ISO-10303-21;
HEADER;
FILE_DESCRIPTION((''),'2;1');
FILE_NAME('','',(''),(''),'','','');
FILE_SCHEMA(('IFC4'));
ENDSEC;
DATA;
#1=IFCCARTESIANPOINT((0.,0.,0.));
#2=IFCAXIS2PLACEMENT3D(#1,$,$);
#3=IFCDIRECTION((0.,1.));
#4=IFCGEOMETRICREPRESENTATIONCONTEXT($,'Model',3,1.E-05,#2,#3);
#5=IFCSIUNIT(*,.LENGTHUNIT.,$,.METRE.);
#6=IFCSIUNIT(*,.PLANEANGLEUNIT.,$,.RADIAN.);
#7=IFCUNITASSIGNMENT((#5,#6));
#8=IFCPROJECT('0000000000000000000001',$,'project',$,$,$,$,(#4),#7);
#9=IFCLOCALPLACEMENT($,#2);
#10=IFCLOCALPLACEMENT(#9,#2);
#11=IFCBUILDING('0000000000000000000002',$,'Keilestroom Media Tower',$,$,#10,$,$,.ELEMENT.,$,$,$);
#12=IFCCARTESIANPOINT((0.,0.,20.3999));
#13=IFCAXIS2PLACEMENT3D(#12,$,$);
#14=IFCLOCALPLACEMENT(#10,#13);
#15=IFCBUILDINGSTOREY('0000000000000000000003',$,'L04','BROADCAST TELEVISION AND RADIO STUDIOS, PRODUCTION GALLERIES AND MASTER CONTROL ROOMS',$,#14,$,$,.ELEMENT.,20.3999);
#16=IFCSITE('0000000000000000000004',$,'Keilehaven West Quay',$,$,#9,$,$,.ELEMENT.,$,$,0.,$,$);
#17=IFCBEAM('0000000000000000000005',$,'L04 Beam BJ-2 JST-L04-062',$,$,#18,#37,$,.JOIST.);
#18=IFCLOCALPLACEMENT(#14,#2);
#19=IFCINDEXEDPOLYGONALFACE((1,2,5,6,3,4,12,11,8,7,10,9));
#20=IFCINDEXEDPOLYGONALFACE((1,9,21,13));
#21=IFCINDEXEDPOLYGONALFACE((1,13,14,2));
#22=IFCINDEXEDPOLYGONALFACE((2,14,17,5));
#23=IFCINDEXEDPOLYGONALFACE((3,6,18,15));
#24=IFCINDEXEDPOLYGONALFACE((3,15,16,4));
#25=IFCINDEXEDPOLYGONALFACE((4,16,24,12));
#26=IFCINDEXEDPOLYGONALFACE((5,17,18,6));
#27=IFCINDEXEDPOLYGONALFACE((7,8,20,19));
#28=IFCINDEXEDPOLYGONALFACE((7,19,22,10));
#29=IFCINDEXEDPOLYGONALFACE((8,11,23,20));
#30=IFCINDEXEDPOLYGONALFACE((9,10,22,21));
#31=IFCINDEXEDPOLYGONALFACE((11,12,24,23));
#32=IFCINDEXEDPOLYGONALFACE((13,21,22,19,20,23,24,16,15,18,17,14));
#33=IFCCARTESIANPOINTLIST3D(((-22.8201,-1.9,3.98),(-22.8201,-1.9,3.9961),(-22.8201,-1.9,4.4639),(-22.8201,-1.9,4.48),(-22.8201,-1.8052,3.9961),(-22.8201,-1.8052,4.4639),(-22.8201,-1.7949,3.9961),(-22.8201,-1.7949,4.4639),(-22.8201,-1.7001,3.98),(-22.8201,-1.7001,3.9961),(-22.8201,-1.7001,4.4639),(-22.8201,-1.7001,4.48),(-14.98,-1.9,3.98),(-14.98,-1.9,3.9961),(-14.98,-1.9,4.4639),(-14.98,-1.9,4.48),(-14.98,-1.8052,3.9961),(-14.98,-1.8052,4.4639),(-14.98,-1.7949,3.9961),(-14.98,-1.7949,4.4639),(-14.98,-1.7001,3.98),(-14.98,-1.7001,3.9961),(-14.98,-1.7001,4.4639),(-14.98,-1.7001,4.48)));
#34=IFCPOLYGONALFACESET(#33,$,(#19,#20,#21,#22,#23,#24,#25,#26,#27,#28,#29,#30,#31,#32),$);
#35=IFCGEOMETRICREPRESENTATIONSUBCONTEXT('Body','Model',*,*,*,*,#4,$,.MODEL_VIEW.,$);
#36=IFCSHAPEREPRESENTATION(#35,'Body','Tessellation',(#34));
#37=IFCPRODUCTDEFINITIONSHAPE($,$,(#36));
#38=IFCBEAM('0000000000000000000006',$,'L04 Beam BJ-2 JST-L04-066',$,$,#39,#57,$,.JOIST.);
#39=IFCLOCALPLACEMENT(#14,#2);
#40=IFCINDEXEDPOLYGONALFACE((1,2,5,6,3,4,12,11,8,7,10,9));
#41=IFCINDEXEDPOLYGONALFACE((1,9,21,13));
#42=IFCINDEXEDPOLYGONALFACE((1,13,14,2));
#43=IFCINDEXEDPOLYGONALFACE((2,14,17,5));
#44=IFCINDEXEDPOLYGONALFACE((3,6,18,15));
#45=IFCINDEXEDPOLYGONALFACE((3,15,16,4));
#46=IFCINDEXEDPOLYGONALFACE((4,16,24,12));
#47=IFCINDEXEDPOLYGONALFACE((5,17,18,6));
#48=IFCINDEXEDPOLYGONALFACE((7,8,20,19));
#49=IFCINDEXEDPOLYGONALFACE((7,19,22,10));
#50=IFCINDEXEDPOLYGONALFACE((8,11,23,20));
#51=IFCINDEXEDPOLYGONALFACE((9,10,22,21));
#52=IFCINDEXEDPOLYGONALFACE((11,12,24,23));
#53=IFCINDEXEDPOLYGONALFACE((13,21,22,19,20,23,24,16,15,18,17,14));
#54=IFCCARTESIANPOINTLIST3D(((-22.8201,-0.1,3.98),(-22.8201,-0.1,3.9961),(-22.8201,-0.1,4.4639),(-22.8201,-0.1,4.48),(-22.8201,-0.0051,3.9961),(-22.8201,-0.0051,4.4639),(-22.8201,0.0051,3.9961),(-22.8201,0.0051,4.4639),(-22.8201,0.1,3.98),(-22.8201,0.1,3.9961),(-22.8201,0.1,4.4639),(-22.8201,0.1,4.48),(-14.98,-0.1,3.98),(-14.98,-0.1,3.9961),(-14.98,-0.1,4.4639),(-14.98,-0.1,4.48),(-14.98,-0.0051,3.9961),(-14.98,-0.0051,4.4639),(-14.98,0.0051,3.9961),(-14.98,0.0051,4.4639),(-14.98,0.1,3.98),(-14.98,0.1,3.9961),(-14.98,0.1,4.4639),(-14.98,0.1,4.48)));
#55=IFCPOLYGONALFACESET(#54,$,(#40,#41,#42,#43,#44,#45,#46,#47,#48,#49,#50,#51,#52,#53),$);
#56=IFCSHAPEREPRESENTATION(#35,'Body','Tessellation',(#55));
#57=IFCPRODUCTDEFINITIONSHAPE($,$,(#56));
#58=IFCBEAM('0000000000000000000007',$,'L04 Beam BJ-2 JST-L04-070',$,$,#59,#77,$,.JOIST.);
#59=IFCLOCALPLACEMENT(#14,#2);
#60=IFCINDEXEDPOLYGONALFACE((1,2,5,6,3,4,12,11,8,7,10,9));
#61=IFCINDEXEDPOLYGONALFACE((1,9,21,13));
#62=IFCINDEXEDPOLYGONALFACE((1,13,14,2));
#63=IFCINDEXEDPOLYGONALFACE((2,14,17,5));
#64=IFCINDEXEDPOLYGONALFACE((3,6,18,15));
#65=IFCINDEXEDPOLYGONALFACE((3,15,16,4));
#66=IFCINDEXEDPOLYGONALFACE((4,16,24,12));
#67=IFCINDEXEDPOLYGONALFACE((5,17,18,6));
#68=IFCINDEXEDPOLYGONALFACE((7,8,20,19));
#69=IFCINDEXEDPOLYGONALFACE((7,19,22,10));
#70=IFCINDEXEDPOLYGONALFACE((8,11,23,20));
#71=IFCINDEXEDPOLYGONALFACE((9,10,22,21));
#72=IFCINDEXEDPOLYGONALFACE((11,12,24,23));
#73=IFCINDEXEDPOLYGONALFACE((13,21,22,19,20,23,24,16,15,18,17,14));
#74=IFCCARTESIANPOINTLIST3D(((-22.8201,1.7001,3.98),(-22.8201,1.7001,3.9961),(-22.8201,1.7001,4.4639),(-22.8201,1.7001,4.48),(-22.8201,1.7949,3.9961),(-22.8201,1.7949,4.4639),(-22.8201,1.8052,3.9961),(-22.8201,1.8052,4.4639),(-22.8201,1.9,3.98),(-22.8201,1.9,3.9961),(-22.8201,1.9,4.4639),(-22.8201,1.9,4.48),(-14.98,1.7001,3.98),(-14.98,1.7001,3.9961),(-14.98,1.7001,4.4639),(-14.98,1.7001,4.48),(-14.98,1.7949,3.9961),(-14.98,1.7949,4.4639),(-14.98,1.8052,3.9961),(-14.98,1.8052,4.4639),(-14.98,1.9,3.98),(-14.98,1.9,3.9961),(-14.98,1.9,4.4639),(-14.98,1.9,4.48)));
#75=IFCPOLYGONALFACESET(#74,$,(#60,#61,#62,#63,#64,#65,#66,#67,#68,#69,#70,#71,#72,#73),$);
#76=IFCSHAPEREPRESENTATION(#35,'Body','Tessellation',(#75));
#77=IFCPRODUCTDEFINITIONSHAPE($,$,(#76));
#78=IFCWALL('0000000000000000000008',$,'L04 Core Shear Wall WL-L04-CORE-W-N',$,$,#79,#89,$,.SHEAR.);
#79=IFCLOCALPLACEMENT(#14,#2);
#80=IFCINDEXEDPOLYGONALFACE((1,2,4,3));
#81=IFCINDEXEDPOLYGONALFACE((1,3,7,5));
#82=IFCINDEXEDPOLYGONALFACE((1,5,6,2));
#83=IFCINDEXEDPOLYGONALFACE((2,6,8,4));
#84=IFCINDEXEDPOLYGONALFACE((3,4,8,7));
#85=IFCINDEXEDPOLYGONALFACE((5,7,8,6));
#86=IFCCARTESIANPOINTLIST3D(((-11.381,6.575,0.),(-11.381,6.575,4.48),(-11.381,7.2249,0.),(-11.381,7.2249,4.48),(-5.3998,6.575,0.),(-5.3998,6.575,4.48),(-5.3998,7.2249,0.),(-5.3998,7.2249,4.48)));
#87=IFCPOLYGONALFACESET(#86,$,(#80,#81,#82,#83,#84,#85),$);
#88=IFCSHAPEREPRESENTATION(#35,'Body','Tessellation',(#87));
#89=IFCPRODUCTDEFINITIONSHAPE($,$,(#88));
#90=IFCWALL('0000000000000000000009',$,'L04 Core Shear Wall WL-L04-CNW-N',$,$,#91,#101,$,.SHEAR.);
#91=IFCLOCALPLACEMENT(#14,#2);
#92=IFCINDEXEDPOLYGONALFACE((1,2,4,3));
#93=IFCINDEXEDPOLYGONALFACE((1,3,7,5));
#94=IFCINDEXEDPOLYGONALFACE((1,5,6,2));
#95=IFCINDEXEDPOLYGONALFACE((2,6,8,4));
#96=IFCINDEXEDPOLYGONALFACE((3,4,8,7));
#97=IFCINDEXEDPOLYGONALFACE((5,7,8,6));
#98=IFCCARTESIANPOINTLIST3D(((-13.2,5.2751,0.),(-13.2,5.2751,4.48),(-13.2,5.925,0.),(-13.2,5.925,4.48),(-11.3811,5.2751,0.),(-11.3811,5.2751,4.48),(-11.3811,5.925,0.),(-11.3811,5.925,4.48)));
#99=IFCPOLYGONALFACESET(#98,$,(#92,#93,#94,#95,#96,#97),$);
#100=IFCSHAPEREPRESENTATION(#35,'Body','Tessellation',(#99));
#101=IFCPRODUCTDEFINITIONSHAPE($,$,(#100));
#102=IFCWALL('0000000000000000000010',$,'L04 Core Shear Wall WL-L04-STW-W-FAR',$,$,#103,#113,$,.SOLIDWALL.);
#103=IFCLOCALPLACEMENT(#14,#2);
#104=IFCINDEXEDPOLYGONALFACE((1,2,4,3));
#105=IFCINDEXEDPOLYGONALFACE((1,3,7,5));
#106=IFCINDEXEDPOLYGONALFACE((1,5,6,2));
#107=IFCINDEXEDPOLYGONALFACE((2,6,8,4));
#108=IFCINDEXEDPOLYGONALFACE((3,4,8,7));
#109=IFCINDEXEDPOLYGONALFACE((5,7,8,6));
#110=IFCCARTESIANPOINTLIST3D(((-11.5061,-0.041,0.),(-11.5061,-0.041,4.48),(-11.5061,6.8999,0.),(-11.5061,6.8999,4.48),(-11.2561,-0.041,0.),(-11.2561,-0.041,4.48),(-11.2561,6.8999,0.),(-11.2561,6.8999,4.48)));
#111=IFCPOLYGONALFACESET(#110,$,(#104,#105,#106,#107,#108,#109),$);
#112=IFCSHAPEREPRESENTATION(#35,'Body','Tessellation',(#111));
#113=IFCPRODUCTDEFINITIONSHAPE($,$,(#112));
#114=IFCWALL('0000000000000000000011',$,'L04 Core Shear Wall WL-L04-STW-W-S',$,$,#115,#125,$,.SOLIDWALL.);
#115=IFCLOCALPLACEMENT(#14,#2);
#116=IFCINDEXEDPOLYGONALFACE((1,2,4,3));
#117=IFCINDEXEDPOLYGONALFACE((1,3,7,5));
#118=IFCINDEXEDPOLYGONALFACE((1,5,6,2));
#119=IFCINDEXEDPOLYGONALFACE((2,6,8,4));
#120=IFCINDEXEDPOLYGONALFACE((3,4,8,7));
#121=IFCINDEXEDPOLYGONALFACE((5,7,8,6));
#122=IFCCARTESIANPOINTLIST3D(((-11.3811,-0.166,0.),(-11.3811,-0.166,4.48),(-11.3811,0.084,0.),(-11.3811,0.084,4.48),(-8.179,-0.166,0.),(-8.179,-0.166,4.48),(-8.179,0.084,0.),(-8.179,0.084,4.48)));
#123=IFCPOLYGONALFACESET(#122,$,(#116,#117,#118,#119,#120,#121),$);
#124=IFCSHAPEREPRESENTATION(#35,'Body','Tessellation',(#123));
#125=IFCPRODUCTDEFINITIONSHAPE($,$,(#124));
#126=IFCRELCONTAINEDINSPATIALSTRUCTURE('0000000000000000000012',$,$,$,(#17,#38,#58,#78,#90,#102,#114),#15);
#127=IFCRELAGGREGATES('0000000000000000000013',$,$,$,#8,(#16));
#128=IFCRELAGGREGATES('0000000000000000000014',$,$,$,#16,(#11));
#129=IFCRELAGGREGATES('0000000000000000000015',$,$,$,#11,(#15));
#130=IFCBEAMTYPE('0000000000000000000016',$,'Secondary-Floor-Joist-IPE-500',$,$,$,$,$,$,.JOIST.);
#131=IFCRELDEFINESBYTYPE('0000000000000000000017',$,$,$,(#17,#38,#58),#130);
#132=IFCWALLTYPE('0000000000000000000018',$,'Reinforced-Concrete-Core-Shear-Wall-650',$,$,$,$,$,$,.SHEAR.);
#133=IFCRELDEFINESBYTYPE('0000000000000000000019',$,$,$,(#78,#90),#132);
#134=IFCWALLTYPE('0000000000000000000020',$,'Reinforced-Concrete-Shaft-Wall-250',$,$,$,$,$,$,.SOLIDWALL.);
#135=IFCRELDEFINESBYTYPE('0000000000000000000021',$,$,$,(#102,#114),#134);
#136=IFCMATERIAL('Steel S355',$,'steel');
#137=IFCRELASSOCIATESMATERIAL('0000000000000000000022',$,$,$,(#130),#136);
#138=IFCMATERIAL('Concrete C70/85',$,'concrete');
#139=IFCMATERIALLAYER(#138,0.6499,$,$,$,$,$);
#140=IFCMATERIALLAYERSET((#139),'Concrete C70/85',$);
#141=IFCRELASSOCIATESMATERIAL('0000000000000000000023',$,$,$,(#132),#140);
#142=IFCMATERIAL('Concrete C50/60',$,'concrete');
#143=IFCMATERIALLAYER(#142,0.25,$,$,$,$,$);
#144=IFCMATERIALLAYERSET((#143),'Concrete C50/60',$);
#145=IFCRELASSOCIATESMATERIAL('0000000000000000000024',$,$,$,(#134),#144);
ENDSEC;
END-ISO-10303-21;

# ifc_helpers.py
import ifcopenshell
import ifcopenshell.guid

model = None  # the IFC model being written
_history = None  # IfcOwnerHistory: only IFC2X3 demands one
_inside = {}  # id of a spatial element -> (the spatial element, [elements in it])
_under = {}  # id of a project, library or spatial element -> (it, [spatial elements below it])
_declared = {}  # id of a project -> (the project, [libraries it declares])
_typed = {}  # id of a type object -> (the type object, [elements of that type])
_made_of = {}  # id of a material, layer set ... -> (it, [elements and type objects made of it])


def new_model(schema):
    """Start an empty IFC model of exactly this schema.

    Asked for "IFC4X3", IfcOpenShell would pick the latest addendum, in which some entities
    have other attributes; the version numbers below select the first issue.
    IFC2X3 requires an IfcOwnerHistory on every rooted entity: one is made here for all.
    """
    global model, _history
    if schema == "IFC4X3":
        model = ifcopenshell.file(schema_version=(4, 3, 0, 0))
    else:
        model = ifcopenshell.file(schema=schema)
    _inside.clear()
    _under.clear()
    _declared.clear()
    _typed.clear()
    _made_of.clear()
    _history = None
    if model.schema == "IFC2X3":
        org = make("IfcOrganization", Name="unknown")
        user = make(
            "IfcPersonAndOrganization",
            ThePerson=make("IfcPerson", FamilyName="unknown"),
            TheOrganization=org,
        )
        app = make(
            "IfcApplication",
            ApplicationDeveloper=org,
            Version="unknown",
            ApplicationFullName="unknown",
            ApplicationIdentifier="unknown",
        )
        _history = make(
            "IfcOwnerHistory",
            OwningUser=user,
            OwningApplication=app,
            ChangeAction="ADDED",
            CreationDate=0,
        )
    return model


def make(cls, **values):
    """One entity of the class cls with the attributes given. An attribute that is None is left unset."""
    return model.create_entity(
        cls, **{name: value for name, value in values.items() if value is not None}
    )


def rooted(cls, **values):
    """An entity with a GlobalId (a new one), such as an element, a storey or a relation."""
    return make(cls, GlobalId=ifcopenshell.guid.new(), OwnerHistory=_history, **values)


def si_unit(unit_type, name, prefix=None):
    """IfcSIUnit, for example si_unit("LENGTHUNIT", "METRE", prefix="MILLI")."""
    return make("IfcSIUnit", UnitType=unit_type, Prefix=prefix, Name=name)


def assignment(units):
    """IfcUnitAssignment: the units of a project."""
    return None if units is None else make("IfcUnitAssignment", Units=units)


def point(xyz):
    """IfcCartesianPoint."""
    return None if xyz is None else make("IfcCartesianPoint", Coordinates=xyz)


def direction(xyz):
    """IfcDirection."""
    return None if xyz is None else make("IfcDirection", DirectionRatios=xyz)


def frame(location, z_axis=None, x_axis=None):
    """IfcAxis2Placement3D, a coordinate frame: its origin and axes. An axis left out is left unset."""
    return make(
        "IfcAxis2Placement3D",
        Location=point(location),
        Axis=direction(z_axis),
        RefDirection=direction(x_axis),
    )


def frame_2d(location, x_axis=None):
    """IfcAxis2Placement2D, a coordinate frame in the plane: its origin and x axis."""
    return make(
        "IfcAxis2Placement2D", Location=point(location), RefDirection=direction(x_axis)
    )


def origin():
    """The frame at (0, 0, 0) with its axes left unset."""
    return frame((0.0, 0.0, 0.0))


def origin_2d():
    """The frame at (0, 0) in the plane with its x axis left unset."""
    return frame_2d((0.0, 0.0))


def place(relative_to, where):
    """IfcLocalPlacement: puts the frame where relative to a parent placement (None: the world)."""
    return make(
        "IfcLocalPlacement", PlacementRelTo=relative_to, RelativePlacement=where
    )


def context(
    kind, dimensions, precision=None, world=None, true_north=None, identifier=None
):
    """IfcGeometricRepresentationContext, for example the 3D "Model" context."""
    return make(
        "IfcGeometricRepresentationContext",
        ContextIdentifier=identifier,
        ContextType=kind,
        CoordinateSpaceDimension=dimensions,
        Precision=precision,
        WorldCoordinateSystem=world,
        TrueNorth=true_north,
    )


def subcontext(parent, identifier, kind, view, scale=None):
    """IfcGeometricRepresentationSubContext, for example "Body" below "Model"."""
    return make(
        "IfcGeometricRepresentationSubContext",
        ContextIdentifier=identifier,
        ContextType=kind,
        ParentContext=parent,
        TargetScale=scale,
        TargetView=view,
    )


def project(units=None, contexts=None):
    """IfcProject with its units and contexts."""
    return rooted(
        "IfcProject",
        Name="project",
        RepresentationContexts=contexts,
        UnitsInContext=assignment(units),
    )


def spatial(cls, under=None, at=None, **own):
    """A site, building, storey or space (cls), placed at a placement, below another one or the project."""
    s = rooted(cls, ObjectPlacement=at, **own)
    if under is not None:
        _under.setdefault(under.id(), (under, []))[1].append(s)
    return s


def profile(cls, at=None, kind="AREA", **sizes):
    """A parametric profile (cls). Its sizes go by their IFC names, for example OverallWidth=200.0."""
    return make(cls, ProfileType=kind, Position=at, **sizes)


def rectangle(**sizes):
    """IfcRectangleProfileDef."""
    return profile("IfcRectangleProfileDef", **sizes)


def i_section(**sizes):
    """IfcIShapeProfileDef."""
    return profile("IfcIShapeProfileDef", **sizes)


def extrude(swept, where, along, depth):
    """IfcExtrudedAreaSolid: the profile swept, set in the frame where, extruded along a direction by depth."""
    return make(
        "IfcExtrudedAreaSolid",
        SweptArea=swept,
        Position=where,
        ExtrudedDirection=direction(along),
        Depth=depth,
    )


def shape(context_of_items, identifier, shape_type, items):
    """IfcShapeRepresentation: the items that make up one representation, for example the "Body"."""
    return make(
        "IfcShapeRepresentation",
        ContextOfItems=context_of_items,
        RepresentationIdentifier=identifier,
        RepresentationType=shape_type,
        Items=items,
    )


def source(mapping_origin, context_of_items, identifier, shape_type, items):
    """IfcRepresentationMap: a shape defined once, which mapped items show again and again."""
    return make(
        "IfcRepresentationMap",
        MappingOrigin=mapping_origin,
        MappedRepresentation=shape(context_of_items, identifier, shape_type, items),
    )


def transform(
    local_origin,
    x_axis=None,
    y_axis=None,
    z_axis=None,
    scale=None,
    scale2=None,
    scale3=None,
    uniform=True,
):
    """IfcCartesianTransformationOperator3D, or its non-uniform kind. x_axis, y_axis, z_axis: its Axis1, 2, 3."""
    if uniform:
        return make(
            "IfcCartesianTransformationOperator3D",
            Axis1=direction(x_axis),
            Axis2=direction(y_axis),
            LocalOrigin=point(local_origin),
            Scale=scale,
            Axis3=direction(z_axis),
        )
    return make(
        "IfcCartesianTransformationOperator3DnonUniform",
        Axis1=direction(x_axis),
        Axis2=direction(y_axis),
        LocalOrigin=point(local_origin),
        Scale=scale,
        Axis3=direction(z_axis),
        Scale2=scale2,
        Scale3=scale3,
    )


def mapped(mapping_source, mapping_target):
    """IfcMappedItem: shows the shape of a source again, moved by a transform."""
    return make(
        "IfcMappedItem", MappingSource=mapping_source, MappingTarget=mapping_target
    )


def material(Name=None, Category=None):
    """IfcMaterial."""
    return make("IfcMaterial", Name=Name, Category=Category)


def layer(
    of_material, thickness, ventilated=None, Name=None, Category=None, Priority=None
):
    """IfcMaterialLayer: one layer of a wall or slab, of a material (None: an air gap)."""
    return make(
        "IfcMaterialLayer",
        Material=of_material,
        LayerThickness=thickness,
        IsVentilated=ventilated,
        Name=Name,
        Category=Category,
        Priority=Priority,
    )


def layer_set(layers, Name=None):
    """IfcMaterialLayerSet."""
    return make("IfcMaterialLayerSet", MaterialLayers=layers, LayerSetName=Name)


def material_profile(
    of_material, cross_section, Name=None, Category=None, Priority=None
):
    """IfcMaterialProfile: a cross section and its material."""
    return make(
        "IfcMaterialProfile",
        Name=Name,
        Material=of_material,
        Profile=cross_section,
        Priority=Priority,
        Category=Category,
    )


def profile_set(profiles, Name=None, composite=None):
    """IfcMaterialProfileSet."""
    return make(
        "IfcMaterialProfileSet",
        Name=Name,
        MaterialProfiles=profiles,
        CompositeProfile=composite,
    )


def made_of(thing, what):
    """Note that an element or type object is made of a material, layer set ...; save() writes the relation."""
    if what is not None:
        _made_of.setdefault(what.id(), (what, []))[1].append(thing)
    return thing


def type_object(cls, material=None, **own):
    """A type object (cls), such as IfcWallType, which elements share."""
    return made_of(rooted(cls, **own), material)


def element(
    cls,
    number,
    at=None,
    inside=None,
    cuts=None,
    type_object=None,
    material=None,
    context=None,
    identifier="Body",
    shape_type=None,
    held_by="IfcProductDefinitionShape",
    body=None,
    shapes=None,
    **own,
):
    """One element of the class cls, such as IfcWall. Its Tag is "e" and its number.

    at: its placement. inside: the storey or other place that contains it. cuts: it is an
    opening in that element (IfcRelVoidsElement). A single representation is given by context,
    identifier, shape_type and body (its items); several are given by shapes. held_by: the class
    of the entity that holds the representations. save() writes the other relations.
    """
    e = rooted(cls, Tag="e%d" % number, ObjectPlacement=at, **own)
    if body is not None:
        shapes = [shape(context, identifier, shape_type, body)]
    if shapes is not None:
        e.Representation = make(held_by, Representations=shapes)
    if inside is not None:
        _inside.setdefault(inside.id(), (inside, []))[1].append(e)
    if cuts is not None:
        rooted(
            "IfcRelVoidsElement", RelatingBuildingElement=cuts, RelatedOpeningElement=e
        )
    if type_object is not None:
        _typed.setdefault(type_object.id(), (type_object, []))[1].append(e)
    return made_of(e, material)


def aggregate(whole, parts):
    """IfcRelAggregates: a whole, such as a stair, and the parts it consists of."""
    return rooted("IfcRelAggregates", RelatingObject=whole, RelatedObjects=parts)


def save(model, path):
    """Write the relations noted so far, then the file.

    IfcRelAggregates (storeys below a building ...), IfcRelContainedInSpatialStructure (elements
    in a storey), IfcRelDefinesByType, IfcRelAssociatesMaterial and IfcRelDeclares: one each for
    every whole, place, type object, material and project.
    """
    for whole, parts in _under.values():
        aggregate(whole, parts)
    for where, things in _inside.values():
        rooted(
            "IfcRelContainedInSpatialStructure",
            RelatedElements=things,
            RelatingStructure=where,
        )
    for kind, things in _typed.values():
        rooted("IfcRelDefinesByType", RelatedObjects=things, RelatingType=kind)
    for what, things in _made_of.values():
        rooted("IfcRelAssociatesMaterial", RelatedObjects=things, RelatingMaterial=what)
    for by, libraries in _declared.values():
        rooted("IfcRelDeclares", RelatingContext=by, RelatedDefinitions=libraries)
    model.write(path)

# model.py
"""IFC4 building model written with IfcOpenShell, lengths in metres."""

from ifc_helpers import new_model, si_unit, direction, frame, frame_2d, origin, origin_2d, place, context, subcontext, project, spatial, rectangle, i_section, extrude, source, transform, mapped, material, layer, layer_set, material_profile, profile_set, type_object, element, save


model = new_model("IFC4")

# Units and contexts
model_context = context("Model", 3, precision=1e-05, world=origin(), true_north=direction((0.0, 1.0)))
body_context = subcontext(model_context, "Body", "Model", "MODEL_VIEW")
ifc_project = project(units=[si_unit("LENGTHUNIT", "METRE"), si_unit("PLANEANGLEUNIT", "RADIAN")], contexts=[model_context])

# Site, building, storey
site_placement = place(None, origin())
site = spatial("IfcSite", under=ifc_project, at=site_placement, Name="Keilehaven West Quay", CompositionType="ELEMENT", RefElevation=0.0)
building_placement = place(site_placement, origin())
building = spatial("IfcBuilding", under=site, at=building_placement, Name="Keilestroom Media Tower", CompositionType="ELEMENT")
storey_placement = place(building_placement, frame((0.0, 0.0, 20.3999)))
storey = spatial("IfcBuildingStorey", under=building, at=storey_placement, Name="L04", Description="BROADCAST TELEVISION AND RADIO STUDIOS, PRODUCTION GALLERIES AND MASTER CONTROL ROOMS", CompositionType="ELEMENT", Elevation=20.3999)

# Shared definitions
ifc_material_1 = material(Name="Concrete C70/85", Category="concrete")

# Beams
ifc_material_2 = material(Name="Steel S355", Category="steel")
ifc_material_profile_1 = material_profile(ifc_material_2, i_section(OverallWidth=0.2, OverallDepth=0.5, WebThickness=0.0103, FlangeThickness=0.0161, at=origin_2d()), Name="IPE 500")
ifc_profile_set_1 = profile_set([ifc_material_profile_1], Name="Steel S355")
beam_type_1 = type_object("IfcBeamType", Name="Secondary-Floor-Joist-IPE-500", PredefinedType="JOIST", material=ifc_profile_set_1)
shared_shape_1 = source(origin(), body_context, "Body", "SweptSolid", [
    extrude(i_section(OverallWidth=0.2, OverallDepth=0.5, WebThickness=0.0103, FlangeThickness=0.0161, at=origin_2d()), origin(), (0.0, 0.0, 1.0), 7.8401),
])
for number, where, z_axis, x_axis, name in (
    (1, (-22.8201, -1.8, 4.23), (1.0, 0.0, 0.0), (0.0, 1.0, 0.0), "L04 Beam BJ-2 JST-L04-062"),
    (2, (-22.8201, 0.0, 4.23), (1.0, 0.0, 0.0), (0.0, 1.0, 0.0), "L04 Beam BJ-2 JST-L04-066"),
    (3, (-22.8201, 1.8, 4.23), (1.0, 0.0, 0.0), (0.0, 1.0, 0.0), "L04 Beam BJ-2 JST-L04-070"),
):
    element("IfcBeam", number, at=place(storey_placement, frame(where, z_axis=z_axis, x_axis=x_axis)), inside=storey, type_object=beam_type_1, Name=name, PredefinedType="JOIST", context=body_context, shape_type="MappedRepresentation", body=[
        mapped(shared_shape_1, transform((0.0, 0.0, 0.0), x_axis=(1.0, 0.0, 0.0), y_axis=(0.0, 1.0, 0.0), z_axis=(0.0, 0.0, 1.0), scale=1.0)),
    ])

# Walls
ifc_layer_1 = layer(ifc_material_1, 0.6499)
ifc_layer_set_1 = layer_set([ifc_layer_1], Name="Concrete C70/85")
wall_type_1 = type_object("IfcWallType", Name="Reinforced-Concrete-Core-Shear-Wall-650", PredefinedType="SHEAR", material=ifc_layer_set_1)
wall_1_placement = place(storey_placement, frame((-11.3811, 6.8999, 0.0), z_axis=(0.0, 0.0, 1.0), x_axis=(1.0, 0.0, 0.0)))
element("IfcWall", 4, at=wall_1_placement, inside=storey, type_object=wall_type_1, Name="L04 Core Shear Wall WL-L04-CORE-W-N", PredefinedType="SHEAR", context=body_context, shape_type="SweptSolid", body=[
    extrude(rectangle(XDim=5.9812, YDim=0.6499, at=frame_2d((2.9907, 0.0))), origin(), (0.0, 0.0, 1.0), 4.48),
])
wall_2_placement = place(storey_placement, frame((-13.2, 5.6001, 0.0), z_axis=(0.0, 0.0, 1.0), x_axis=(1.0, 0.0, 0.0)))
element("IfcWall", 5, at=wall_2_placement, inside=storey, type_object=wall_type_1, Name="L04 Core Shear Wall WL-L04-CNW-N", PredefinedType="SHEAR", context=body_context, shape_type="SweptSolid", body=[
    extrude(rectangle(XDim=1.8188, YDim=0.6499, at=frame_2d((0.9094, 0.0))), origin(), (0.0, 0.0, 1.0), 4.48),
])
ifc_material_3 = material(Name="Concrete C50/60", Category="concrete")
ifc_layer_2 = layer(ifc_material_3, 0.25)
ifc_layer_set_2 = layer_set([ifc_layer_2], Name="Concrete C50/60")
wall_type_2 = type_object("IfcWallType", Name="Reinforced-Concrete-Shaft-Wall-250", PredefinedType="SOLIDWALL", material=ifc_layer_set_2)
wall_3_placement = place(storey_placement, frame((-11.3811, -0.041, 0.0), z_axis=(0.0, 0.0, 1.0), x_axis=(0.0, 1.0, 0.0)))
element("IfcWall", 6, at=wall_3_placement, inside=storey, type_object=wall_type_2, Name="L04 Core Shear Wall WL-L04-STW-W-FAR", PredefinedType="SOLIDWALL", context=body_context, shape_type="SweptSolid", body=[
    extrude(rectangle(XDim=6.9409, YDim=0.25, at=frame_2d((3.4705, 0.0))), origin(), (0.0, 0.0, 1.0), 4.48),
])
wall_4_placement = place(storey_placement, frame((-11.3811, -0.041, 0.0), z_axis=(0.0, 0.0, 1.0), x_axis=(1.0, 0.0, 0.0)))
element("IfcWall", 7, at=wall_4_placement, inside=storey, type_object=wall_type_2, Name="L04 Core Shear Wall WL-L04-STW-W-S", PredefinedType="SOLIDWALL", context=body_context, shape_type="SweptSolid", body=[
    extrude(rectangle(XDim=3.2021, YDim=0.25, at=frame_2d((1.6011, 0.0))), origin(), (0.0, 0.0, 1.0), 4.48),
])

save(model, "model.ifc")
